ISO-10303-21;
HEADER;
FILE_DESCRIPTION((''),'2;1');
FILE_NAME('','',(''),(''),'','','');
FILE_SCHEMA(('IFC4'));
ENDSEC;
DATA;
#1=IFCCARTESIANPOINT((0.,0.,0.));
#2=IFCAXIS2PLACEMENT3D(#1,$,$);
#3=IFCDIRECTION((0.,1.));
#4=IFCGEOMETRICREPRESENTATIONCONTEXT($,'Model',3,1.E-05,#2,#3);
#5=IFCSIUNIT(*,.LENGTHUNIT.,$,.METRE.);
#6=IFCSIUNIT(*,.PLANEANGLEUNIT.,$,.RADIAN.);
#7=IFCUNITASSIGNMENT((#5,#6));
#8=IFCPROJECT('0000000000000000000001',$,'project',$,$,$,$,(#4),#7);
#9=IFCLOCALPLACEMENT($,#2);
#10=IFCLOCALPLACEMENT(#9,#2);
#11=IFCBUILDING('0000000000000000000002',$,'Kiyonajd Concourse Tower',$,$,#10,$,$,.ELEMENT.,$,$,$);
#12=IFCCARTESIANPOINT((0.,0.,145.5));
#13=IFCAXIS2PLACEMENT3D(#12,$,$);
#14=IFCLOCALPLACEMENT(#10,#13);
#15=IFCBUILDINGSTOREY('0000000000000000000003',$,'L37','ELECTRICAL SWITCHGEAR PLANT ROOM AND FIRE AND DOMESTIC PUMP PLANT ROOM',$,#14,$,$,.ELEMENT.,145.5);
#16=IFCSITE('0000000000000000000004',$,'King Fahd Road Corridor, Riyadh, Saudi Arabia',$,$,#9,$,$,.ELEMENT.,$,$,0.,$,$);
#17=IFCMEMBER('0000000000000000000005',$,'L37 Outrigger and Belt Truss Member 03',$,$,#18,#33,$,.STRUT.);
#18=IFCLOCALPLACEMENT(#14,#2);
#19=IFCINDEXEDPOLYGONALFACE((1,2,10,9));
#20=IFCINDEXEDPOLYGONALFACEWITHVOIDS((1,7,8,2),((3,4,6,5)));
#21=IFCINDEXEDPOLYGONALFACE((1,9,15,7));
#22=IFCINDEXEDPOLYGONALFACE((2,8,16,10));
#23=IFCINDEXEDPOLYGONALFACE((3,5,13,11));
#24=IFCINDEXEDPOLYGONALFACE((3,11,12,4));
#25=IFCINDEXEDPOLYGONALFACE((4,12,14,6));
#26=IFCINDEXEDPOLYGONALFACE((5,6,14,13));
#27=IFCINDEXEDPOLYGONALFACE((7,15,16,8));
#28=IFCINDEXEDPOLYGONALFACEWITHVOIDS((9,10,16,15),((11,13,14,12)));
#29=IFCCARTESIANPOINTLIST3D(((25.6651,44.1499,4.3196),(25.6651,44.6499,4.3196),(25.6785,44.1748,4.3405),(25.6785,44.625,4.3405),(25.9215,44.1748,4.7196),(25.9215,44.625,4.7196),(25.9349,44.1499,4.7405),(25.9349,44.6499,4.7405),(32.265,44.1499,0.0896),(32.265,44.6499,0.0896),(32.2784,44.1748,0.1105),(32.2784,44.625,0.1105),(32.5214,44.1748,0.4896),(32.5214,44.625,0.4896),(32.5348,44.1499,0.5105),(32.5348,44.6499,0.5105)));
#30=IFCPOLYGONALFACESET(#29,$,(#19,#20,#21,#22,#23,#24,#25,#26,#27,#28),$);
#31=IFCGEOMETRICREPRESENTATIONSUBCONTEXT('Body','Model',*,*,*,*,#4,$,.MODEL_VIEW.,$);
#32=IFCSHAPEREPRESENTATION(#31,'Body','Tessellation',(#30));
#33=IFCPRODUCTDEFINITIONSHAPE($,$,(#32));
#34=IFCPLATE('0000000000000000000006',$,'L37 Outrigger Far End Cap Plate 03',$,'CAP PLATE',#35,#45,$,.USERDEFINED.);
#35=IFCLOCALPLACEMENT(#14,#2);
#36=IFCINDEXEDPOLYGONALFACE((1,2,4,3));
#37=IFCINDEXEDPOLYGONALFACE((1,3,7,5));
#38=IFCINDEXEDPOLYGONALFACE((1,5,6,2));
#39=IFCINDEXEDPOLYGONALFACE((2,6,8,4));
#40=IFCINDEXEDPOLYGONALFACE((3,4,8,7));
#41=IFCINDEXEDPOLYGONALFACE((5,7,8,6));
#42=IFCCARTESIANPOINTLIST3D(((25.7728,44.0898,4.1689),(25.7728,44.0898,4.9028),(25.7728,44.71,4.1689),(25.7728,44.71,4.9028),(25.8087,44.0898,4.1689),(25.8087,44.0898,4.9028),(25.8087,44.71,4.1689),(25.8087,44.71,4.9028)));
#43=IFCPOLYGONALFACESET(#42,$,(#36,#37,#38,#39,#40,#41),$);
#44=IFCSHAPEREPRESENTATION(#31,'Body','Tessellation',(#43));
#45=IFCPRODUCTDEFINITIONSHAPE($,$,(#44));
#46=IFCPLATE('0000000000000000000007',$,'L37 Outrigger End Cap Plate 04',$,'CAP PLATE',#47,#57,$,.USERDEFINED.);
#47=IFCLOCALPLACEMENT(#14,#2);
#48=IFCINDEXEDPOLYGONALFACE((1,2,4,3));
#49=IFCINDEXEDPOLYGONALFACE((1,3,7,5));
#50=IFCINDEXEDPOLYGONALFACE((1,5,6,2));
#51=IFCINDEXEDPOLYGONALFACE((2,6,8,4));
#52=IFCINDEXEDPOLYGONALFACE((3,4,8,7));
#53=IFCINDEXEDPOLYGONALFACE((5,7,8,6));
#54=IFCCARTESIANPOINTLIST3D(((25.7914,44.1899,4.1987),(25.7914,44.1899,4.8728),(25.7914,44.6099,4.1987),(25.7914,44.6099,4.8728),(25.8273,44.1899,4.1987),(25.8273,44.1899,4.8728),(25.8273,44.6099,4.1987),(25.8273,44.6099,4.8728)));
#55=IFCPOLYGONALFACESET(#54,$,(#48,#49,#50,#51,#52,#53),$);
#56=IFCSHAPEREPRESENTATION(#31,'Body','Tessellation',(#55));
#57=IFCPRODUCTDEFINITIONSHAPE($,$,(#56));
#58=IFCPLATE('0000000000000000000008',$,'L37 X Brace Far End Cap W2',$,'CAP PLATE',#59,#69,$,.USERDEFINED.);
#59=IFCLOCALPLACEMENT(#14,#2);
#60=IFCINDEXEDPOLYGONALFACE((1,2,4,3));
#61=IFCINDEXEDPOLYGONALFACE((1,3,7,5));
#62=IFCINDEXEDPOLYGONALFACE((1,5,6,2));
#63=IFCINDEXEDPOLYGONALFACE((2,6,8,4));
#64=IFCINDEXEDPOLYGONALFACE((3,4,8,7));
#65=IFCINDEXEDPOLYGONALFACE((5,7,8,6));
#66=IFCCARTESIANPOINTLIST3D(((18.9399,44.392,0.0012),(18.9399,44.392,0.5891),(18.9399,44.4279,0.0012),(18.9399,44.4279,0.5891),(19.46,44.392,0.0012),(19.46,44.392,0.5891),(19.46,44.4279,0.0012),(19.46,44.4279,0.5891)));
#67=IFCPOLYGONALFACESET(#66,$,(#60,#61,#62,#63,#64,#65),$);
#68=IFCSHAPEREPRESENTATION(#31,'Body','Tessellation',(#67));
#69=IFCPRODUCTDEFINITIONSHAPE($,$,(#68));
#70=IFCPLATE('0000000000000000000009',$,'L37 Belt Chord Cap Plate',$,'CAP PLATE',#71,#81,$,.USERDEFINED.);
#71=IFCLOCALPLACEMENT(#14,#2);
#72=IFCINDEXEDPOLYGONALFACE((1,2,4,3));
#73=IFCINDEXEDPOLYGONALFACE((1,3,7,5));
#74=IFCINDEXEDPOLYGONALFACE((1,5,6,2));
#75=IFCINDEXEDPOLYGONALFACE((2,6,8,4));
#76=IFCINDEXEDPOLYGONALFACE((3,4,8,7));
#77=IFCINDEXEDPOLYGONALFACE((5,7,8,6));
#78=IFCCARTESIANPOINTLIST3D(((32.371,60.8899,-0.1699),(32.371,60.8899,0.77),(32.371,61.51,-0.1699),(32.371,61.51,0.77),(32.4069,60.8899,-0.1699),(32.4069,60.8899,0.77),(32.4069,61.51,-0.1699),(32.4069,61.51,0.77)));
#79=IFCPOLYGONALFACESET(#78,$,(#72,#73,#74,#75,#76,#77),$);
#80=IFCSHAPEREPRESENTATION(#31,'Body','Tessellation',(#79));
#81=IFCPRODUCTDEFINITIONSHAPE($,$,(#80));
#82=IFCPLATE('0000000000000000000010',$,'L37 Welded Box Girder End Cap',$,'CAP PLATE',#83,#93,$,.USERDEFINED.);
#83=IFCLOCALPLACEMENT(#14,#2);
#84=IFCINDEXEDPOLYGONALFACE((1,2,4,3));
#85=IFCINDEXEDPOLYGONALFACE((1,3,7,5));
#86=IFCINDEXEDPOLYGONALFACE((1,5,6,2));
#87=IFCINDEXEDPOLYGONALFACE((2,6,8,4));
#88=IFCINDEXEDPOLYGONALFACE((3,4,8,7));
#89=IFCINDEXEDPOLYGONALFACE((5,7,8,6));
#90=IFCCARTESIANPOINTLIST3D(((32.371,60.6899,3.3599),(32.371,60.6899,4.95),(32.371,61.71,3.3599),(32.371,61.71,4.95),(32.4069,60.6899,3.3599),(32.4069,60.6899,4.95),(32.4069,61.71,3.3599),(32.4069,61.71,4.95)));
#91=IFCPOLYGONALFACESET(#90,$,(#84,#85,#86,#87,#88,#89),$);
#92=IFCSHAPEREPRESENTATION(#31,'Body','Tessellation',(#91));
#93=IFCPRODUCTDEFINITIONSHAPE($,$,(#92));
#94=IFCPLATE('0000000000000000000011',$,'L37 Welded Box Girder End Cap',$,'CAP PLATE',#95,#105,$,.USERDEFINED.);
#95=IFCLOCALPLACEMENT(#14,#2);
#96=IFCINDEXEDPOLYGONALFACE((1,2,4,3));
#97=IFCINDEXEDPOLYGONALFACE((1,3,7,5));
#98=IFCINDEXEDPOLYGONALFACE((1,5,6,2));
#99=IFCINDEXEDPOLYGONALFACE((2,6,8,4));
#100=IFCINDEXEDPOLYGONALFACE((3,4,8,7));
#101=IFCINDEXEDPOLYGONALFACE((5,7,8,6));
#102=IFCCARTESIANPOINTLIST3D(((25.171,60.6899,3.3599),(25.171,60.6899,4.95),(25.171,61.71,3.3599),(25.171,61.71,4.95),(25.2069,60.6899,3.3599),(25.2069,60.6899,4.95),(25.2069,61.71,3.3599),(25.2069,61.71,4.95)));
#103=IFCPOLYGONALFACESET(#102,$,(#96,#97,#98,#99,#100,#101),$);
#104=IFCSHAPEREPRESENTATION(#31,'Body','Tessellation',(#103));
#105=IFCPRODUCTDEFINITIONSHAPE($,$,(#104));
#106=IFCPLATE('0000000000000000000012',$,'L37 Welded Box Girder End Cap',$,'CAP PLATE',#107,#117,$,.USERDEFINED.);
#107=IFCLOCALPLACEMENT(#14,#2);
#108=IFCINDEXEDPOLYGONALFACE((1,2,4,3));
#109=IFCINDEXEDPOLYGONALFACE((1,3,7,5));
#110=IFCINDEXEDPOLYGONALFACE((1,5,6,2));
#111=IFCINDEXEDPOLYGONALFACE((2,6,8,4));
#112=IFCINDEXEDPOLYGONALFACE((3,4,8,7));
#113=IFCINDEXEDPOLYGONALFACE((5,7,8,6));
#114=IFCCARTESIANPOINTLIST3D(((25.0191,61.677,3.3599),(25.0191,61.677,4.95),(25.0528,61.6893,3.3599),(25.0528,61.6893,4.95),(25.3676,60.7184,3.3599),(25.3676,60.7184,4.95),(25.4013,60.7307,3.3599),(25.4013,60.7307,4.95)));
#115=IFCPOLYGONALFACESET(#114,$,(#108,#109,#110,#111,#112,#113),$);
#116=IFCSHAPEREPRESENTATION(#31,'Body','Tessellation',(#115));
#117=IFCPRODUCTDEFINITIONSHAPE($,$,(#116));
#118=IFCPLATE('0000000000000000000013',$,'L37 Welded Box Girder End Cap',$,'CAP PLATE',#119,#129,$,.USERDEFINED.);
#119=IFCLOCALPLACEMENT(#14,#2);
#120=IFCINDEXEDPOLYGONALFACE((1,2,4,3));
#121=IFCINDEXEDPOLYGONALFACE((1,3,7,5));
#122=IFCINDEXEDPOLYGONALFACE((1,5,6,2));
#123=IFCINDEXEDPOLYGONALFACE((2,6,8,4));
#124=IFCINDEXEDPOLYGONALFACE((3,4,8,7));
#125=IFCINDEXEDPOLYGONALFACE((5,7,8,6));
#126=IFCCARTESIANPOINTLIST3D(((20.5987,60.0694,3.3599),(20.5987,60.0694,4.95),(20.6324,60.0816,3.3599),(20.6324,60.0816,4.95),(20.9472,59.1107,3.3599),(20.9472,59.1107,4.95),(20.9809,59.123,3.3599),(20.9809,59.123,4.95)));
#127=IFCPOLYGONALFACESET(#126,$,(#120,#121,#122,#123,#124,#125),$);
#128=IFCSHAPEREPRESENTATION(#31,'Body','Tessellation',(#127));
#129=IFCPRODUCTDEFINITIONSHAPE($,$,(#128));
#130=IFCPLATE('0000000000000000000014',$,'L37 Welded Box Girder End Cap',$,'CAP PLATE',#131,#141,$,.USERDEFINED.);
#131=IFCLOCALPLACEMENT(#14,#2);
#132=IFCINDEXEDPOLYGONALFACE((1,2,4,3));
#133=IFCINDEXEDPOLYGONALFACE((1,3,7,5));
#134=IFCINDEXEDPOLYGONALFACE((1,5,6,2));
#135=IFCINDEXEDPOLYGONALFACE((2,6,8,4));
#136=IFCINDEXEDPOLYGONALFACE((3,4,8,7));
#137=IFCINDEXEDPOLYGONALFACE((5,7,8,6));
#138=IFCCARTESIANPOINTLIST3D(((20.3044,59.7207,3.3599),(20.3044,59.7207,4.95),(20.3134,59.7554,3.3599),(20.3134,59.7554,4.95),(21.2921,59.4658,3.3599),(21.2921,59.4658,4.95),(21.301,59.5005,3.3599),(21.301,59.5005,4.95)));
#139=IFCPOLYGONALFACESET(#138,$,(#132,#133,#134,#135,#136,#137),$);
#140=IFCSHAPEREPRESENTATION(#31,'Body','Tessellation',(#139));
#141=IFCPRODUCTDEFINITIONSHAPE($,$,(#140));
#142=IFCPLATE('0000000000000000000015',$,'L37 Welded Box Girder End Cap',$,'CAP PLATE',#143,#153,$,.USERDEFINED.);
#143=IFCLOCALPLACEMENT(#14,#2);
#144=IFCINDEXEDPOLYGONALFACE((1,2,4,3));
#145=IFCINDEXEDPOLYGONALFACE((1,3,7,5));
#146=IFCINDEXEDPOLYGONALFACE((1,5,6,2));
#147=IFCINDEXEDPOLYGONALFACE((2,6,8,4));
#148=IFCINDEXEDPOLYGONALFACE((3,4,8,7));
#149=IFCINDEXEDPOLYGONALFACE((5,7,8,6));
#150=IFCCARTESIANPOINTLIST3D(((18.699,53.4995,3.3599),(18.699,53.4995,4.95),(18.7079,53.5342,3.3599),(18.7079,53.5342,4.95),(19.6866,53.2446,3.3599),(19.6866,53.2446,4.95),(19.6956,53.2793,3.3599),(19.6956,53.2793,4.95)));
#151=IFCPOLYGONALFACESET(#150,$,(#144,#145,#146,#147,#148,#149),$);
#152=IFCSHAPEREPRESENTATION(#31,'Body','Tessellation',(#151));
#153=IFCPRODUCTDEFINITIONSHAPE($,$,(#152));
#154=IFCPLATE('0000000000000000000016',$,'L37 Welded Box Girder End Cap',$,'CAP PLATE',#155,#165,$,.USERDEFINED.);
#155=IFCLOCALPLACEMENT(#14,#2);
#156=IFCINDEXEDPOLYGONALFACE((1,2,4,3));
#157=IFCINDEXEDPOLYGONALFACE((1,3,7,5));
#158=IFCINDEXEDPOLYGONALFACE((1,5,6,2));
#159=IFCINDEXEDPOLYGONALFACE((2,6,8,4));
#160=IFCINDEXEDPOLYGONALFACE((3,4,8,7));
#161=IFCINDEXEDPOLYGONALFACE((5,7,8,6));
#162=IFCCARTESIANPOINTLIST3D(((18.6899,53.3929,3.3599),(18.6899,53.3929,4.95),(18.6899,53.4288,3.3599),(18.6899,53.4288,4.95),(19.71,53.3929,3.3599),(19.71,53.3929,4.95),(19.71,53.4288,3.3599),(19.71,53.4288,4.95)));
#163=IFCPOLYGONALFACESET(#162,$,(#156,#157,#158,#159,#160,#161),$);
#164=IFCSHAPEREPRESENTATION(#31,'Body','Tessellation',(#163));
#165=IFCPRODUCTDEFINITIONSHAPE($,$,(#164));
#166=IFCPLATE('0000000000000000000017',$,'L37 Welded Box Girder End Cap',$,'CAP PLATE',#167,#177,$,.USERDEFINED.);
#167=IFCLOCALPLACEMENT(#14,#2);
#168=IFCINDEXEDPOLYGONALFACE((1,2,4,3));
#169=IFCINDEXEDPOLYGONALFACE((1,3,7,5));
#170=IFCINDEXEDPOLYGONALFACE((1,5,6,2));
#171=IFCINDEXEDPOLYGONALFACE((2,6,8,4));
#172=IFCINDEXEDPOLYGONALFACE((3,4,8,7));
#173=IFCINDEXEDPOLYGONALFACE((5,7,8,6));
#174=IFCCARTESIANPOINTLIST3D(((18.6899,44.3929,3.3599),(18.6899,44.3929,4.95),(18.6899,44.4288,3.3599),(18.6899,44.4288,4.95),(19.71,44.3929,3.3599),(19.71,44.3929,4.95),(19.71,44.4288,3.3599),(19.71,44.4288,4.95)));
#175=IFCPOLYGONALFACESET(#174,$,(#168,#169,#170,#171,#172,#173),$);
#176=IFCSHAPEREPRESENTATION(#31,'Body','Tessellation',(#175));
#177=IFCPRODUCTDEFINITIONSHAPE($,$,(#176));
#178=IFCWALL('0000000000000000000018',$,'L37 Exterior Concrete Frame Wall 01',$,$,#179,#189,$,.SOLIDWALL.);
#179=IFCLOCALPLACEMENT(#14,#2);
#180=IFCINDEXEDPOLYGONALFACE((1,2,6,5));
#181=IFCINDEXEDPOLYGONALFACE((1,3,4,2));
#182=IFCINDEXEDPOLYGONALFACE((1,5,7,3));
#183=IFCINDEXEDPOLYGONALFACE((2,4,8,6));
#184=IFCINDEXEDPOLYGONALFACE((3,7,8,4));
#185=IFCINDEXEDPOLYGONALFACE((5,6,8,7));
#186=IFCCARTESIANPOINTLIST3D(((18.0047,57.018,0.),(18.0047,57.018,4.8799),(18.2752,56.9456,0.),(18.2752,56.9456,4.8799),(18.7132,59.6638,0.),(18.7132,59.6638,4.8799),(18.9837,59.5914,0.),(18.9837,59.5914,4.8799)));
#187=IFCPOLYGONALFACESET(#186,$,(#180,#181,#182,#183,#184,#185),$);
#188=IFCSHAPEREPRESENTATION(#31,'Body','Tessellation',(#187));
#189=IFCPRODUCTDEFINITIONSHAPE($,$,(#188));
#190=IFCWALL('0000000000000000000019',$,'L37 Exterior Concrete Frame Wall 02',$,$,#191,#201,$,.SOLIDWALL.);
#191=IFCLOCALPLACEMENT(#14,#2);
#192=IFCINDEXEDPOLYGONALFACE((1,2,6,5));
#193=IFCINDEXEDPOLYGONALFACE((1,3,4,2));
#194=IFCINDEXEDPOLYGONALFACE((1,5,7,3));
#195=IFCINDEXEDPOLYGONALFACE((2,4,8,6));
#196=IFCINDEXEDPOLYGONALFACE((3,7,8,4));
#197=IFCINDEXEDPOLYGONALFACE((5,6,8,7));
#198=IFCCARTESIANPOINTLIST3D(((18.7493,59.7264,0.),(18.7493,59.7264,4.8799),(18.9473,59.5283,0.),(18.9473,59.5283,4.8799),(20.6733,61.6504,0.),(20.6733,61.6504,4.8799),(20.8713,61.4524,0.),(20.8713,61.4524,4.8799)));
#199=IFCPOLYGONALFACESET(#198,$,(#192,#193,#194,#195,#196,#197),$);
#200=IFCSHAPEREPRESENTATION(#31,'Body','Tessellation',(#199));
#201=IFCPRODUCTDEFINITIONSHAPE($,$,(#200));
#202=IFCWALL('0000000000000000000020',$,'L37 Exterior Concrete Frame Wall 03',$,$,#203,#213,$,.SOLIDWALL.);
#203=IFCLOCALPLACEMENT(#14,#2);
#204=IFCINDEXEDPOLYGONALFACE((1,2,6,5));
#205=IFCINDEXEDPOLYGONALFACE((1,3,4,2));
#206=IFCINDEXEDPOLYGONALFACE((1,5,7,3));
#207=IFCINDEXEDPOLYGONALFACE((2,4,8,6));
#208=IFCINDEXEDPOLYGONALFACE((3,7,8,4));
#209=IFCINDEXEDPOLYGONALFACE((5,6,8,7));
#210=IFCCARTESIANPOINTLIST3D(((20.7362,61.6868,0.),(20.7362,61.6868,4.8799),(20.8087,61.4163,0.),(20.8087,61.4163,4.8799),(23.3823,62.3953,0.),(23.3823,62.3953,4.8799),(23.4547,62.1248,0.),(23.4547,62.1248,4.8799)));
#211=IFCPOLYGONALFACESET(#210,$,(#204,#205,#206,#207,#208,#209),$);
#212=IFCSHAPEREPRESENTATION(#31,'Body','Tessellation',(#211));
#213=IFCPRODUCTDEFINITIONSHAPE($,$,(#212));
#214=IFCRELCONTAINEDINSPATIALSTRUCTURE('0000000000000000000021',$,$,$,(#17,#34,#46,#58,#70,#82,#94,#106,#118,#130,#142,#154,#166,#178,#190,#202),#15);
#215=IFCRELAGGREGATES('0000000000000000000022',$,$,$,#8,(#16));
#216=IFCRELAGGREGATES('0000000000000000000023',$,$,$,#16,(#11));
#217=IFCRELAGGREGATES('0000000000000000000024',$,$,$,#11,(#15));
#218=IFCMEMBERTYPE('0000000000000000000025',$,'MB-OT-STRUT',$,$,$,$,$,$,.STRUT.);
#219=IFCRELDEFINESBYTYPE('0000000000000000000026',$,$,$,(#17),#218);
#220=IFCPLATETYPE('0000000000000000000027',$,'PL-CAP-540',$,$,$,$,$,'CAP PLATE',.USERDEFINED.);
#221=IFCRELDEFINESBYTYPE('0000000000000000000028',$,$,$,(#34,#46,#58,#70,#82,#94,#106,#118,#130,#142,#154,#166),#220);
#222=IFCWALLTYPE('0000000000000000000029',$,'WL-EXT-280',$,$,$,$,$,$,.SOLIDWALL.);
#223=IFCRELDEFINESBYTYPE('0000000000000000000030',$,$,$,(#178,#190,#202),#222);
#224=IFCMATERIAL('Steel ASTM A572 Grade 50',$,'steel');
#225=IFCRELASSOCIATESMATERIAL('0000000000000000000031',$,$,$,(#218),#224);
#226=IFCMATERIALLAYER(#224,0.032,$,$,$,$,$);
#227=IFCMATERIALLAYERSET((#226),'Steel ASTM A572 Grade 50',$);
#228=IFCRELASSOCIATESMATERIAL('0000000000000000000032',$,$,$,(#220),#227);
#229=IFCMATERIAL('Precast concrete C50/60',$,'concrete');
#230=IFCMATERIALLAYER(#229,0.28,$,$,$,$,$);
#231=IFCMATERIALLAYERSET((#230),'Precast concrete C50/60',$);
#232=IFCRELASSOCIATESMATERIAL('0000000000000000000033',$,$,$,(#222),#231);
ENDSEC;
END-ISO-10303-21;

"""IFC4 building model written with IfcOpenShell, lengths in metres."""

from ifc_helpers import new_model, si_unit, direction, frame, frame_2d, origin, origin_2d, place, context, subcontext, project, spatial, rectangle, hollow_rectangle, extrude, material, layer, layer_set, material_profile, profile_set, type_object, element, save


model = new_model("IFC4")

# Units and contexts
model_context = context("Model", 3, precision=1e-05, world=origin(), true_north=direction((0.0, 1.0)))
body_context = subcontext(model_context, "Body", "Model", "MODEL_VIEW")
ifc_project = project(units=[si_unit("LENGTHUNIT", "METRE"), si_unit("PLANEANGLEUNIT", "RADIAN")], contexts=[model_context])

# Site, building, storey
site_placement = place(None, origin())
site = spatial("IfcSite", under=ifc_project, at=site_placement, Name="King Fahd Road Corridor, Riyadh, Saudi Arabia", CompositionType="ELEMENT", RefElevation=0.0)
building_placement = place(site_placement, origin())
building = spatial("IfcBuilding", under=site, at=building_placement, Name="Kiyonajd Concourse Tower", CompositionType="ELEMENT")
storey_placement = place(building_placement, frame((0.0, 0.0, 145.5)))
storey = spatial("IfcBuildingStorey", under=building, at=storey_placement, Name="L37", Description="ELECTRICAL SWITCHGEAR PLANT ROOM AND FIRE AND DOMESTIC PUMP PLANT ROOM", CompositionType="ELEMENT", Elevation=145.5)

# Shared definitions
ifc_material_1 = material(Name="Steel ASTM A572 Grade 50", Category="steel")

# Member
ifc_material_profile_1 = material_profile(ifc_material_1, hollow_rectangle(XDim=0.5, YDim=0.5, WallThickness=0.0249, at=origin_2d()), Name="HSS-500x500x25")
ifc_profile_set_1 = profile_set([ifc_material_profile_1], Name="Steel ASTM A572 Grade 50")
member_type_1 = type_object("IfcMemberType", Name="MB-OT-STRUT", PredefinedType="STRUT", material=ifc_profile_set_1)
member_1_placement = place(storey_placement, frame((32.3999, 44.3999, 0.3), z_axis=(-0.841919, 0.0, 0.539603), x_axis=(0.0, -1.0, 0.0)))
element("IfcMember", 1, at=member_1_placement, inside=storey, type_object=member_type_1, Name="L37 Outrigger and Belt Truss Member 03", PredefinedType="STRUT", context=body_context, shape_type="SweptSolid", body=[
    extrude(hollow_rectangle(XDim=0.5, YDim=0.5, WallThickness=0.0249, at=origin_2d()), origin(), (0.0, 0.0, 1.0), 7.8391),
])

# Plates
ifc_layer_1 = layer(ifc_material_1, 0.032)
ifc_layer_set_1 = layer_set([ifc_layer_1], Name="Steel ASTM A572 Grade 50")
plate_type = type_object("IfcPlateType", Name="PL-CAP-540", ElementType="CAP PLATE", PredefinedType="USERDEFINED", material=ifc_layer_set_1)
plate_1_placement = place(storey_placement, frame((25.7908, 44.3999, 4.1689), z_axis=(0.0, 0.0, 1.0), x_axis=(-1.0, 0.0, 0.0)))
element("IfcPlate", 2, at=plate_1_placement, inside=storey, type_object=plate_type, Name="L37 Outrigger Far End Cap Plate 03", ObjectType="CAP PLATE", PredefinedType="USERDEFINED", context=body_context, shape_type="SweptSolid", body=[
    extrude(rectangle(XDim=0.0359, YDim=0.6201, at=origin_2d()), origin(), (0.0, 0.0, 1.0), 0.7339),
])
plate_2_placement = place(storey_placement, frame((25.8093, 44.3999, 4.1987), z_axis=(0.0, 0.0, 1.0), x_axis=(1.0, 0.0, 0.0)))
element("IfcPlate", 3, at=plate_2_placement, inside=storey, type_object=plate_type, Name="L37 Outrigger End Cap Plate 04", ObjectType="CAP PLATE", PredefinedType="USERDEFINED", context=body_context, shape_type="SweptSolid", body=[
    extrude(rectangle(XDim=0.0359, YDim=0.4199, at=origin_2d()), origin(), (0.0, 0.0, 1.0), 0.6741),
])
plate_3_placement = place(storey_placement, frame((19.2, 44.4099, 0.0012), z_axis=(0.0, 0.0, 1.0), x_axis=(0.0, 1.0, 0.0)))
element("IfcPlate", 4, at=plate_3_placement, inside=storey, type_object=plate_type, Name="L37 X Brace Far End Cap W2", ObjectType="CAP PLATE", PredefinedType="USERDEFINED", context=body_context, shape_type="SweptSolid", body=[
    extrude(rectangle(XDim=0.0359, YDim=0.52, at=origin_2d()), origin(), (0.0, 0.0, 1.0), 0.5879),
])
plate_4_placement = place(storey_placement, frame((32.3889, 61.2, -0.1699), z_axis=(0.0, 0.0, 1.0), x_axis=(-1.0, 0.0, 0.0)))
element("IfcPlate", 5, at=plate_4_placement, inside=storey, type_object=plate_type, Name="L37 Belt Chord Cap Plate", ObjectType="CAP PLATE", PredefinedType="USERDEFINED", context=body_context, shape_type="SweptSolid", body=[
    extrude(rectangle(XDim=0.0359, YDim=0.6201, at=origin_2d()), origin(), (0.0, 0.0, 1.0), 0.9399),
])
for number, where, z_axis, x_axis, name in (
    (6, (32.3889, 61.2, 3.3599), (0.0, 0.0, 1.0), (-1.0, 0.0, 0.0), "L37 Welded Box Girder End Cap"),
    (7, (25.189, 61.2, 3.3599), (0.0, 0.0, 1.0), (-1.0, 0.0, 0.0), "L37 Welded Box Girder End Cap"),
    (8, (25.2102, 61.2039, 3.3599), (0.0, 0.0, 1.0), (0.939812, 0.341692, 0.0), "L37 Welded Box Girder End Cap"),
    (9, (20.7898, 59.5962, 3.3599), (0.0, 0.0, 1.0), (-0.939812, -0.341692, 0.0), "L37 Welded Box Girder End Cap"),
    (10, (20.8027, 59.6106, 3.3599), (0.0, 0.0, 1.0), (0.249873, 0.968279, 0.0), "L37 Welded Box Girder End Cap"),
    (11, (19.1973, 53.3894, 3.3599), (0.0, 0.0, 1.0), (-0.249873, -0.968279, 0.0), "L37 Welded Box Girder End Cap"),
    (12, (19.2, 53.4109, 3.3599), (0.0, 0.0, 1.0), (0.0, 1.0, 0.0), "L37 Welded Box Girder End Cap"),
    (13, (19.2, 44.4109, 3.3599), (0.0, 0.0, 1.0), (0.0, 1.0, 0.0), "L37 Welded Box Girder End Cap"),
):
    element("IfcPlate", number, at=place(storey_placement, frame(where, z_axis=z_axis, x_axis=x_axis)), inside=storey, type_object=plate_type, Name=name, ObjectType="CAP PLATE", PredefinedType="USERDEFINED", context=body_context, shape_type="SweptSolid", body=[
        extrude(rectangle(XDim=0.0359, YDim=1.02, at=origin_2d()), origin(), (0.0, 0.0, 1.0), 1.5901),
    ])

# Walls
ifc_material_2 = material(Name="Precast concrete C50/60", Category="concrete")
ifc_layer_2 = layer(ifc_material_2, 0.28)
ifc_layer_set_2 = layer_set([ifc_layer_2], Name="Precast concrete C50/60")
wall_type = type_object("IfcWallType", Name="WL-EXT-280", PredefinedType="SOLIDWALL", material=ifc_layer_set_2)
wall_1_placement = place(storey_placement, frame((18.1399, 56.9817, 0.0), z_axis=(0.0, 0.0, 1.0), x_axis=(0.258672, 0.965965, 0.0)))
element("IfcWall", 14, at=wall_1_placement, inside=storey, type_object=wall_type, Name="L37 Exterior Concrete Frame Wall 01", PredefinedType="SOLIDWALL", context=body_context, shape_type="SweptSolid", body=[
    extrude(rectangle(XDim=2.739, YDim=0.28, at=frame_2d((1.3696, 0.0))), origin(), (0.0, 0.0, 1.0), 4.8799),
])
wall_2_placement = place(storey_placement, frame((18.8484, 59.6274, 0.0), z_axis=(0.0, 0.0, 1.0), x_axis=(0.707107, 0.707107, 0.0)))
element("IfcWall", 15, at=wall_2_placement, inside=storey, type_object=wall_type, Name="L37 Exterior Concrete Frame Wall 02", PredefinedType="SOLIDWALL", context=body_context, shape_type="SweptSolid", body=[
    extrude(rectangle(XDim=2.7209, YDim=0.28, at=frame_2d((1.3604, 0.0))), origin(), (0.0, 0.0, 1.0), 4.8799),
])
wall_3_placement = place(storey_placement, frame((20.7725, 61.5515, 0.0), z_axis=(0.0, 0.0, 1.0), x_axis=(0.965971, 0.25865, 0.0)))
element("IfcWall", 16, at=wall_3_placement, inside=storey, type_object=wall_type, Name="L37 Exterior Concrete Frame Wall 03", PredefinedType="SOLIDWALL", context=body_context, shape_type="SweptSolid", body=[
    extrude(rectangle(XDim=2.7393, YDim=0.28, at=frame_2d((1.3696, 0.0))), origin(), (0.0, 0.0, 1.0), 4.8799),
])

save(model, "model.ifc")
